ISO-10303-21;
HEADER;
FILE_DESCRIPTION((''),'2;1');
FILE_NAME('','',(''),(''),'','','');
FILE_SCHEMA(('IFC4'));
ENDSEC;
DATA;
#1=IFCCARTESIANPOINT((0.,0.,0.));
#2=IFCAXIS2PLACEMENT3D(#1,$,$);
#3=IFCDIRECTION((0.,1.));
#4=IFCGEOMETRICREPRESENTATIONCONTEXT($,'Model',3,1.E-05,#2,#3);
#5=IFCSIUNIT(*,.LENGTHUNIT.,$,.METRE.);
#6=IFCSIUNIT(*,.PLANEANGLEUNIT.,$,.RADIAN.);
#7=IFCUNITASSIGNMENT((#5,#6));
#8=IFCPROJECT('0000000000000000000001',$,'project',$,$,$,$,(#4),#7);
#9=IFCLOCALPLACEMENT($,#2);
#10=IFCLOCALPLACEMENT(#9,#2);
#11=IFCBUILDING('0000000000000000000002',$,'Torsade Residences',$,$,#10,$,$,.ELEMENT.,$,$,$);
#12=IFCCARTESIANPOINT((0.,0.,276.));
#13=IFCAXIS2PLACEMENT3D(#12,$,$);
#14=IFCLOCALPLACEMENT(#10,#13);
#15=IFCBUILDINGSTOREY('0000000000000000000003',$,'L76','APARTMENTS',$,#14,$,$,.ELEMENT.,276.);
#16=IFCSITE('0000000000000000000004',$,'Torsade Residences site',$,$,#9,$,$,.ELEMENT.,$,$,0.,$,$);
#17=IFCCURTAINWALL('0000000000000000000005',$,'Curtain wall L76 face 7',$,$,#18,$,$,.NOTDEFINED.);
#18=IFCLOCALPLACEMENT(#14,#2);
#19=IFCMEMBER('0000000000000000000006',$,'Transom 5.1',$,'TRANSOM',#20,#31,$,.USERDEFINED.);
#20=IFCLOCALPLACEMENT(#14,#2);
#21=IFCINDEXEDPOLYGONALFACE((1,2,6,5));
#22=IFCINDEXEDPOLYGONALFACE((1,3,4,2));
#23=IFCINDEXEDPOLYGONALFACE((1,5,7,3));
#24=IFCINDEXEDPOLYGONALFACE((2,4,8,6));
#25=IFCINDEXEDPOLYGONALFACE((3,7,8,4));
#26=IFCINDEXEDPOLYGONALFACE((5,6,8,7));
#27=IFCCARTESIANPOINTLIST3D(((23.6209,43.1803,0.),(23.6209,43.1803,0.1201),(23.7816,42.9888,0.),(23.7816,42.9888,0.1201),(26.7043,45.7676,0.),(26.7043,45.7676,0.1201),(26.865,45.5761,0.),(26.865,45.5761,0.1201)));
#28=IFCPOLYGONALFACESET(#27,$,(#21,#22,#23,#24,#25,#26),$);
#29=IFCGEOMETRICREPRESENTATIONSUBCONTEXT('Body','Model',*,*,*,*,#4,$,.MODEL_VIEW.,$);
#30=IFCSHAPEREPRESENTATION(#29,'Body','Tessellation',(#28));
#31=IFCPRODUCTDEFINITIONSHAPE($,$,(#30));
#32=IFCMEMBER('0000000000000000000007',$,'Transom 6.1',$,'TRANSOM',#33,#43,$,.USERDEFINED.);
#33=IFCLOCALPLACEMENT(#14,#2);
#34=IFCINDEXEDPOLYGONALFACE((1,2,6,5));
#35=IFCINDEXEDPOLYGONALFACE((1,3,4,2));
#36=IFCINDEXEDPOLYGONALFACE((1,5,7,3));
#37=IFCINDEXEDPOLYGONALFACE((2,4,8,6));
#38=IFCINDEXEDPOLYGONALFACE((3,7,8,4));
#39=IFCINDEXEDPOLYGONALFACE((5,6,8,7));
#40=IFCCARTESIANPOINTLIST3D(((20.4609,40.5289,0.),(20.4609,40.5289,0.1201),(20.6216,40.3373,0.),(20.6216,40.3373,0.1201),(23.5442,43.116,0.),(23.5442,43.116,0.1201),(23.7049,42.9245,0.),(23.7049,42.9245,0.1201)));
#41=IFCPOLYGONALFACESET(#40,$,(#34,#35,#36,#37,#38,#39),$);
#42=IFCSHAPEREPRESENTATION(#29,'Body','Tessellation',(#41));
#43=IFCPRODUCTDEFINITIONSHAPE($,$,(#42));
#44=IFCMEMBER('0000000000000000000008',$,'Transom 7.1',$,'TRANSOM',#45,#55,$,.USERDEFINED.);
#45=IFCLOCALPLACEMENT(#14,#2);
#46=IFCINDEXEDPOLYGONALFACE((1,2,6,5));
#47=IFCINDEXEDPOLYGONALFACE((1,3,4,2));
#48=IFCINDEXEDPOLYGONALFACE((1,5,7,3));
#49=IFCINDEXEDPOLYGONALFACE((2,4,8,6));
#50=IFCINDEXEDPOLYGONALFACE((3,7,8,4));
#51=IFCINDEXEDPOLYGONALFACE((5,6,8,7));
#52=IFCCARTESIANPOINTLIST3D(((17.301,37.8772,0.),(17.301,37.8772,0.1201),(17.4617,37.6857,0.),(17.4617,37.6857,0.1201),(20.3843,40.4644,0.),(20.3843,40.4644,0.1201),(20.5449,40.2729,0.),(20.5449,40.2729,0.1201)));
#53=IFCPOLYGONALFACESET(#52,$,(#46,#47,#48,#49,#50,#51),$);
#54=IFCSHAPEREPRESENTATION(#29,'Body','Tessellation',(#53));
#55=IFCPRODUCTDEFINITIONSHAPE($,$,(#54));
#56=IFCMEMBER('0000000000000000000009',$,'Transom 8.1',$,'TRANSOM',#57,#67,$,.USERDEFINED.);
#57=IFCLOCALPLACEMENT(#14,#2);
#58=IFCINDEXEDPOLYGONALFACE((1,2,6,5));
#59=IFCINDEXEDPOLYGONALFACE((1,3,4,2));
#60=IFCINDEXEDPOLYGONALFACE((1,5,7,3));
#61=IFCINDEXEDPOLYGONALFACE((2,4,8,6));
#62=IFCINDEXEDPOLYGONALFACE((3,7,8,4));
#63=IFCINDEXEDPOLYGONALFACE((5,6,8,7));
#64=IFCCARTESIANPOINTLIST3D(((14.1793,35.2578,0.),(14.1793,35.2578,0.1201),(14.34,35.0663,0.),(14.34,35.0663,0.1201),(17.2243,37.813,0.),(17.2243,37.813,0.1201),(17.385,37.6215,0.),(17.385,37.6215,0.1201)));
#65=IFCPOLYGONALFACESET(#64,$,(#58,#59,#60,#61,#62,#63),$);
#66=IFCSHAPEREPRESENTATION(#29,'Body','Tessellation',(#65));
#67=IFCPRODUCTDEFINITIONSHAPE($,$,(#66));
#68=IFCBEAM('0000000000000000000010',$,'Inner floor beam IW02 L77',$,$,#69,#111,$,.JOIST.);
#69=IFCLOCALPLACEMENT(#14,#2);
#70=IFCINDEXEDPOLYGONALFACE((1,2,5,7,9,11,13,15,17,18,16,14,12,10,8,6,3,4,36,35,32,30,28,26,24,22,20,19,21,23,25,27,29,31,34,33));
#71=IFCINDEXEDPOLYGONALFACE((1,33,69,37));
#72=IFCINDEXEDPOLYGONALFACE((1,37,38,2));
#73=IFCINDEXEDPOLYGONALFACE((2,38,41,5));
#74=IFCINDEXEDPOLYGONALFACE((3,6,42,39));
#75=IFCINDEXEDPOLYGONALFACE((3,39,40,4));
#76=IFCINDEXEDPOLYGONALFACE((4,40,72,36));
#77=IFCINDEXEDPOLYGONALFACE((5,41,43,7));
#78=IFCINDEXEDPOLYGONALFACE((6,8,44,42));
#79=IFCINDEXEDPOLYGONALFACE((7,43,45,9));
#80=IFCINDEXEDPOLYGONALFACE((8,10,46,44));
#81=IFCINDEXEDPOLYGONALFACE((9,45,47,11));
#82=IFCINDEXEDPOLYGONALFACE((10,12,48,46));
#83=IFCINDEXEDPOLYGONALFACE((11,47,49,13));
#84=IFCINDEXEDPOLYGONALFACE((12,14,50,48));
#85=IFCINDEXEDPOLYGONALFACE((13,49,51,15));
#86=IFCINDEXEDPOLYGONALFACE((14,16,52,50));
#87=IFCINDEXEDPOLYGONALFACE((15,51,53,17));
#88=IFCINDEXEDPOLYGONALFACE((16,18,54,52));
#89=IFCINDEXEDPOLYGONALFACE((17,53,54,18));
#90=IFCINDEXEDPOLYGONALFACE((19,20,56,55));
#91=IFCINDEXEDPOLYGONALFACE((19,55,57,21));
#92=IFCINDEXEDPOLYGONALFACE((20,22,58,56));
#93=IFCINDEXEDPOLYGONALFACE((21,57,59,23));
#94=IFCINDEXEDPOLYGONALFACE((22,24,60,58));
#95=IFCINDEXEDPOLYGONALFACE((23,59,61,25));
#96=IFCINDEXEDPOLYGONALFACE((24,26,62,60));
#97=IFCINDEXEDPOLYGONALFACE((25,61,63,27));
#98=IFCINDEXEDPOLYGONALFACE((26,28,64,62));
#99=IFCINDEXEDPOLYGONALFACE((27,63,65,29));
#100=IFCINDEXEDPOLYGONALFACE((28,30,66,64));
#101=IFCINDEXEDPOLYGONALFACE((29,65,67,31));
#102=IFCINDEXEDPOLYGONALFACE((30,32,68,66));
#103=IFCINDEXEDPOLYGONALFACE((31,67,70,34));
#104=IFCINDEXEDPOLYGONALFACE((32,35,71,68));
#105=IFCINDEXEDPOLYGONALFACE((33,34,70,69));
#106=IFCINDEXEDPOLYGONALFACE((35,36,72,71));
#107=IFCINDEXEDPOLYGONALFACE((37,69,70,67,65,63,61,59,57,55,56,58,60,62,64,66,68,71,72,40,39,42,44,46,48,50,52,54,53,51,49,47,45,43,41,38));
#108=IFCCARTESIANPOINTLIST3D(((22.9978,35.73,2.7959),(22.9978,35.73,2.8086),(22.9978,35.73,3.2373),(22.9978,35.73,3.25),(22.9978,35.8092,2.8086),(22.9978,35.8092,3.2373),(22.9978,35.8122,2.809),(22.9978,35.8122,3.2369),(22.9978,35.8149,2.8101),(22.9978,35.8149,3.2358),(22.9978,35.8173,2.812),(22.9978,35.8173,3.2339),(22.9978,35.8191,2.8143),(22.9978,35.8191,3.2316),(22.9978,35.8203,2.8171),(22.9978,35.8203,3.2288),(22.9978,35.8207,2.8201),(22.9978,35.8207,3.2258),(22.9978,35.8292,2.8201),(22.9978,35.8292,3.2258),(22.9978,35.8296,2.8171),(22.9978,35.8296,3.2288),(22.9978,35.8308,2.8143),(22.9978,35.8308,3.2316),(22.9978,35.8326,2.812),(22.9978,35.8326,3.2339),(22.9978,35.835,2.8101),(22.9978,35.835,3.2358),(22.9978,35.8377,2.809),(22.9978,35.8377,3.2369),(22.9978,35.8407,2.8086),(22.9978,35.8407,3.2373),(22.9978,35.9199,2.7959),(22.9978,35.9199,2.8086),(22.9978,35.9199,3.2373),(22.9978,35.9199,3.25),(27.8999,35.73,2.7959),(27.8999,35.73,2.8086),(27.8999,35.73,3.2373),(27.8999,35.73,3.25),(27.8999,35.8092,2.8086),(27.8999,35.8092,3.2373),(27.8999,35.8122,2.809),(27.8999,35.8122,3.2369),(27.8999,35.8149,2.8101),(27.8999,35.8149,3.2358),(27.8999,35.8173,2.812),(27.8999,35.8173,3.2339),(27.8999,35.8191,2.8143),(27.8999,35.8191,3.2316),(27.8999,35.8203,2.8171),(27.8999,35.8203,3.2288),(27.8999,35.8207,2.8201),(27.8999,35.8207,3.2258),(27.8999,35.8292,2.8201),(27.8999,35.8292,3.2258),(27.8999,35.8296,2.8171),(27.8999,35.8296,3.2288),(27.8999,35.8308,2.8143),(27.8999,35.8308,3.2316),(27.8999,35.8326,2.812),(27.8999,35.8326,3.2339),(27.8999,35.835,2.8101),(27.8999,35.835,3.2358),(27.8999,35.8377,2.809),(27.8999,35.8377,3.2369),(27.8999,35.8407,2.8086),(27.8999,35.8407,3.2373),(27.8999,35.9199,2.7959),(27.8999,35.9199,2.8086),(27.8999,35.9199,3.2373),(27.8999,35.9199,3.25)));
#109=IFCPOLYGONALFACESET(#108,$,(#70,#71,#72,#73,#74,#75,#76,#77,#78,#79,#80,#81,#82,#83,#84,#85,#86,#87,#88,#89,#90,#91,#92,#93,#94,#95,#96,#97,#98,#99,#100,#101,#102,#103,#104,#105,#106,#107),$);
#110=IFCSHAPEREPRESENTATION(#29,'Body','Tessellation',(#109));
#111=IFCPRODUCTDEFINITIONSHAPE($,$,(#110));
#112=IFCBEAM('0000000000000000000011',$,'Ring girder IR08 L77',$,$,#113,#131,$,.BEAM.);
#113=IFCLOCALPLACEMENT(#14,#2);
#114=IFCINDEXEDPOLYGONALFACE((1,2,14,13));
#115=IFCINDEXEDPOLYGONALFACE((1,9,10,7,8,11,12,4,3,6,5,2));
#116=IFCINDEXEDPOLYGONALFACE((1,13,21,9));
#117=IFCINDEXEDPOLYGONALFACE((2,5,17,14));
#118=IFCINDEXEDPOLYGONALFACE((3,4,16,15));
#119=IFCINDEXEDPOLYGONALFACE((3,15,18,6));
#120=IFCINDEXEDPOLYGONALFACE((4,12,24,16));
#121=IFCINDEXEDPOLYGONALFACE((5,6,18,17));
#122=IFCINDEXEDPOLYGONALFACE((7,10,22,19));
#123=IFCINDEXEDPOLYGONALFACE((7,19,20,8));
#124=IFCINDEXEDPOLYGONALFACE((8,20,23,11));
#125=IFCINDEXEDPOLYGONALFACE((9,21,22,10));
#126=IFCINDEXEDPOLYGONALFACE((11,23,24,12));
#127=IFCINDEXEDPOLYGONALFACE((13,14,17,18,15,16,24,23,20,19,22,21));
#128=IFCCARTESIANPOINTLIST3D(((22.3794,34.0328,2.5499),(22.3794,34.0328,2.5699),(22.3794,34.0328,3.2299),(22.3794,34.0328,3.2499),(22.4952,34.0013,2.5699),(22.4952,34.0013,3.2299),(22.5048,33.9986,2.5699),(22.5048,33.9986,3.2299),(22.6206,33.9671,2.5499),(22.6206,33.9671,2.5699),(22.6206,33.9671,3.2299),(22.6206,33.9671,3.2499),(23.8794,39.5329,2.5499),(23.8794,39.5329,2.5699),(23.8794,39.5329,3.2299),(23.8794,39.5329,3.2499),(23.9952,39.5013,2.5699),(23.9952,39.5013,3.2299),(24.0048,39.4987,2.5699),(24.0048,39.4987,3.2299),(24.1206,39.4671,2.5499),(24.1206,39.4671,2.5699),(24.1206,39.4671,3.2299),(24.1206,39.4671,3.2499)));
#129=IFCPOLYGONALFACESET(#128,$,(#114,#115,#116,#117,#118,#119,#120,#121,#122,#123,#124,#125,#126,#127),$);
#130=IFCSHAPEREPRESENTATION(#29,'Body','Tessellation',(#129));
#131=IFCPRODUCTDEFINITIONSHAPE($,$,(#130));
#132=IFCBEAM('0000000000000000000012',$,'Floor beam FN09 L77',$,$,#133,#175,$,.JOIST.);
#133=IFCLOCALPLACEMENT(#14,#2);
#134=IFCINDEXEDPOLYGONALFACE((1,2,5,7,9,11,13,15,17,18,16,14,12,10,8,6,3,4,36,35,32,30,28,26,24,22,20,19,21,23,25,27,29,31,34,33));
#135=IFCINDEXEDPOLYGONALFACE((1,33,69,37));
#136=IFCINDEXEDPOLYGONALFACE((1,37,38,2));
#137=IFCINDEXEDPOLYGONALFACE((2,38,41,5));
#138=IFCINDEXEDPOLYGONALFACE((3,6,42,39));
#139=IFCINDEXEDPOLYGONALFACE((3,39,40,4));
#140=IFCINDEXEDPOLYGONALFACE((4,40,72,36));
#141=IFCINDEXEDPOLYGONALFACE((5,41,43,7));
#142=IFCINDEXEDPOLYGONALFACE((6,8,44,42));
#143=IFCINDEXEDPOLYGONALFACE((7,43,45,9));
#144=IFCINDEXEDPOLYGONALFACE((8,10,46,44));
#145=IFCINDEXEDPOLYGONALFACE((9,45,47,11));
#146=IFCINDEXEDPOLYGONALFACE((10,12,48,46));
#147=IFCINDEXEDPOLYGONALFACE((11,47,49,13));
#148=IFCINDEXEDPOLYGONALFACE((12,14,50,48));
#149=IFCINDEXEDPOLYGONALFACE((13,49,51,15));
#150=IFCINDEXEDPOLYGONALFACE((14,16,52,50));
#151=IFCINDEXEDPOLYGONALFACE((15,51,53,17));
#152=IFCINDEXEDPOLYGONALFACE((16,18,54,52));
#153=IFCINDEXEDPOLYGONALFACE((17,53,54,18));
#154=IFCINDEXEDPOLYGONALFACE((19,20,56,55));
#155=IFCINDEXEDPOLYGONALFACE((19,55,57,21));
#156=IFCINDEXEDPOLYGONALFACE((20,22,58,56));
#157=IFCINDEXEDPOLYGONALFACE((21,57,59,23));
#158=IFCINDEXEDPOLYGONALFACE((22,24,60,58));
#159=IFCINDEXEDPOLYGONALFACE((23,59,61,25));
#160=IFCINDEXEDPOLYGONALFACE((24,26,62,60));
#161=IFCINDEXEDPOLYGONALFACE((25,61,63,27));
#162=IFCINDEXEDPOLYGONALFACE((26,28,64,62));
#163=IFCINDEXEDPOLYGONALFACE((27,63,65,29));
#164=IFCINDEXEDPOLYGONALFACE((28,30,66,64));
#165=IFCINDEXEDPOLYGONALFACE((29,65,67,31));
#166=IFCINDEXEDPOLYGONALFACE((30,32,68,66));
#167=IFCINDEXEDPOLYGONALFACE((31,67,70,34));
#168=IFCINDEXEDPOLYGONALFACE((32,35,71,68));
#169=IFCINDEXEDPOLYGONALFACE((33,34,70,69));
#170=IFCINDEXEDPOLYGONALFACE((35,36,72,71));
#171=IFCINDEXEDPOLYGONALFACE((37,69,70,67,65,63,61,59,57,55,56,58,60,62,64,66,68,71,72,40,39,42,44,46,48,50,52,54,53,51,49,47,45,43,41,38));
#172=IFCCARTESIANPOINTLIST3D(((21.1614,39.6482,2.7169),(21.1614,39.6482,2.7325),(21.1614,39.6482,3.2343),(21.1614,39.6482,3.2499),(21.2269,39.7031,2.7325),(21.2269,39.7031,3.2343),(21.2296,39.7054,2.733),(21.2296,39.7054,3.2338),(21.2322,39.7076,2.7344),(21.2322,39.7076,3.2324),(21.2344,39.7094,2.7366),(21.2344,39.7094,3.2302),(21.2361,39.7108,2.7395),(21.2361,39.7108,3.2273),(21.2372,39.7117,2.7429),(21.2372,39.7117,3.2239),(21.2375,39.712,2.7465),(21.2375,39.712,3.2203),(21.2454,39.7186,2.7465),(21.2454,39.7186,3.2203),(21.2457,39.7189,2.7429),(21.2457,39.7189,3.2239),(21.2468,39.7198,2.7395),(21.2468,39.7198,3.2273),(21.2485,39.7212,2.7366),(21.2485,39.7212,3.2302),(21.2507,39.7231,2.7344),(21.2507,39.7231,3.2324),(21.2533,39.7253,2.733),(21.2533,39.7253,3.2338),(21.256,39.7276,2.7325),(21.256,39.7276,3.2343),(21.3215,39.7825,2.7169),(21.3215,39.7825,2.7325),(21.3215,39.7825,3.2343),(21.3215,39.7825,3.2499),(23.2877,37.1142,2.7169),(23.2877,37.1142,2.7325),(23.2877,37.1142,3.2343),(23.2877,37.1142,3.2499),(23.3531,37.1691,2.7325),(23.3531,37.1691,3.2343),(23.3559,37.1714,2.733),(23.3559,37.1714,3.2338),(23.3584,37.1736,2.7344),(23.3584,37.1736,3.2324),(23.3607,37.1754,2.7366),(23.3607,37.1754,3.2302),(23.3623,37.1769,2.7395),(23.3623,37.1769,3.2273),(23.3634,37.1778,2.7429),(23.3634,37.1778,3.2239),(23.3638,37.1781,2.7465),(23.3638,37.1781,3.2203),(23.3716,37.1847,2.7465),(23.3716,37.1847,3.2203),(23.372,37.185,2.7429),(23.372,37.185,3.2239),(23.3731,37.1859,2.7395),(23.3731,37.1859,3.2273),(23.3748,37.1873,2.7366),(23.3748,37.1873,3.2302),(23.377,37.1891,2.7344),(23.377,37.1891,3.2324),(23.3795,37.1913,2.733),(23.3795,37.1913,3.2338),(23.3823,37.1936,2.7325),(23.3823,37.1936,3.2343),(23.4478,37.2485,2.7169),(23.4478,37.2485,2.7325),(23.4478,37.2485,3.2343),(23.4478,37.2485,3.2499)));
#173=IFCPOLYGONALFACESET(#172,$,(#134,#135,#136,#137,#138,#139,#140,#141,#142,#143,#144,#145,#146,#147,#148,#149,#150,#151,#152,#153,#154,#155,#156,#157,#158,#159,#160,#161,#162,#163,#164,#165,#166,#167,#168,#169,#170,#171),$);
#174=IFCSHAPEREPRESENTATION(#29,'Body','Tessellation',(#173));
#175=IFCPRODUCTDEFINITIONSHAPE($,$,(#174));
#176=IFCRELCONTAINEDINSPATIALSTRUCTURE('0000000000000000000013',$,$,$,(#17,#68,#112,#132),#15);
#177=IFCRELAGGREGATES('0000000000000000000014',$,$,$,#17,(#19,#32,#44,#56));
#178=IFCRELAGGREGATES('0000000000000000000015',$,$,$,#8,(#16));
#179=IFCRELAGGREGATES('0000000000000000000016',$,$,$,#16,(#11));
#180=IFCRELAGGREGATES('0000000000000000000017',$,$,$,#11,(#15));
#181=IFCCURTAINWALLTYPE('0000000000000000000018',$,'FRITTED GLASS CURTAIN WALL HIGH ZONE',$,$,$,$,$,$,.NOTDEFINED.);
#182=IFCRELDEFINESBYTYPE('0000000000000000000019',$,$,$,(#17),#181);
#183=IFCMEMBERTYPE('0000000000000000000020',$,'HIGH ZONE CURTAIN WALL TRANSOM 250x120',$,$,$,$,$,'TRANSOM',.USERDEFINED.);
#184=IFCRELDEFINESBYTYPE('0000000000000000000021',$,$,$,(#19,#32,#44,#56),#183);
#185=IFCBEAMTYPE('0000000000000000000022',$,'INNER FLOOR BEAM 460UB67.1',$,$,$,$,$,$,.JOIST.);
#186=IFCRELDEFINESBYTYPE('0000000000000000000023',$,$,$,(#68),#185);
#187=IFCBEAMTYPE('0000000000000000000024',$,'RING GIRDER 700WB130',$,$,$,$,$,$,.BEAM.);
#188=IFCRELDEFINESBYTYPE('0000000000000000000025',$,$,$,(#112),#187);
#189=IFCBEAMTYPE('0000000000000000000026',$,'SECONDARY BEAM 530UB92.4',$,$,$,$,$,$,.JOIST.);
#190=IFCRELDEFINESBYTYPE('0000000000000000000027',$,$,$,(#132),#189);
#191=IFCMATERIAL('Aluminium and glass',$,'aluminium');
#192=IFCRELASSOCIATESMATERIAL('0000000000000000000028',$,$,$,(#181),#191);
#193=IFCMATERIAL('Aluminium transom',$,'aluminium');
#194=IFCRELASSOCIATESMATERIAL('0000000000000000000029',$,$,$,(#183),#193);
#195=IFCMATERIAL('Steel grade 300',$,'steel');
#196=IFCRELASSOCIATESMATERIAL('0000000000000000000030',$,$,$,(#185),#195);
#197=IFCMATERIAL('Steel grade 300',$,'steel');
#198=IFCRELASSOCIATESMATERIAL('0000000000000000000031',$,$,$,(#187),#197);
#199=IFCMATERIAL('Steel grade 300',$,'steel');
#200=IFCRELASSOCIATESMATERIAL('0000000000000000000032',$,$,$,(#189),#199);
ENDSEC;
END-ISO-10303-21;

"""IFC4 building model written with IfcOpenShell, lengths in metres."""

from ifc_helpers import new_model, si_unit, direction, frame, origin, origin_2d, place, context, subcontext, project, spatial, rectangle, i_section, extrude, material, material_profile, profile_set, type_object, element, aggregate, save


model = new_model("IFC4")

# Units and contexts
model_context = context("Model", 3, precision=1e-05, world=origin(), true_north=direction((0.0, 1.0)))
body_context = subcontext(model_context, "Body", "Model", "MODEL_VIEW")
ifc_project = project(units=[si_unit("LENGTHUNIT", "METRE"), si_unit("PLANEANGLEUNIT", "RADIAN")], contexts=[model_context])

# Site, building, storey
site_placement = place(None, origin())
site = spatial("IfcSite", under=ifc_project, at=site_placement, Name="Torsade Residences site", CompositionType="ELEMENT", RefElevation=0.0)
building_placement = place(site_placement, origin())
building = spatial("IfcBuilding", under=site, at=building_placement, Name="Torsade Residences", CompositionType="ELEMENT")
storey_placement = place(building_placement, frame((0.0, 0.0, 276.0)))
storey = spatial("IfcBuildingStorey", under=building, at=storey_placement, Name="L76", Description="APARTMENTS", CompositionType="ELEMENT", Elevation=276.0)

# Curtain wall, members
ifc_material_1 = material(Name="Aluminium and glass", Category="aluminium")
curtain_wall_type = type_object("IfcCurtainWallType", Name="FRITTED GLASS CURTAIN WALL HIGH ZONE", PredefinedType="NOTDEFINED", material=ifc_material_1)
curtain_wall_placement = place(storey_placement, origin())
curtain_wall = element("IfcCurtainWall", 1, at=curtain_wall_placement, inside=storey, type_object=curtain_wall_type, Name="Curtain wall L76 face 7", PredefinedType="NOTDEFINED")
ifc_material_2 = material(Name="Aluminium transom", Category="aluminium")
ifc_material_profile_1 = material_profile(ifc_material_2, rectangle(XDim=0.25, YDim=0.1201, at=origin_2d()), Name="HIGH ZONE CURTAIN WALL TRANSOM 250x120")
ifc_profile_set_1 = profile_set([ifc_material_profile_1], Name="Aluminium transom")
member_type_1 = type_object("IfcMemberType", Name="HIGH ZONE CURTAIN WALL TRANSOM 250x120", ElementType="TRANSOM", PredefinedType="USERDEFINED", material=ifc_profile_set_1)
member_1_placement = place(storey_placement, frame((26.7847, 45.6719, 0.0601), z_axis=(-0.766039, -0.642794, 0.0), x_axis=(0.642794, -0.766039, 0.0)))
member_1 = element("IfcMember", 2, at=member_1_placement, type_object=member_type_1, Name="Transom 5.1", ObjectType="TRANSOM", PredefinedType="USERDEFINED", context=body_context, shape_type="SweptSolid", body=[
    extrude(rectangle(XDim=0.25, YDim=0.1201, at=origin_2d()), origin(), (0.0, 0.0, 1.0), 4.0251),
])
member_2_placement = place(storey_placement, frame((23.6245, 43.0203, 0.0601), z_axis=(-0.766044, -0.642788, 0.0), x_axis=(0.642788, -0.766044, 0.0)))
member_2 = element("IfcMember", 3, at=member_2_placement, type_object=member_type_1, Name="Transom 6.1", ObjectType="TRANSOM", PredefinedType="USERDEFINED", context=body_context, shape_type="SweptSolid", body=[
    extrude(rectangle(XDim=0.25, YDim=0.1201, at=origin_2d()), origin(), (0.0, 0.0, 1.0), 4.0249),
])
member_3_placement = place(storey_placement, frame((20.4646, 40.3687, 0.0601), z_axis=(-0.766044, -0.642788, 0.0), x_axis=(0.642788, -0.766044, 0.0)))
member_3 = element("IfcMember", 4, at=member_3_placement, type_object=member_type_1, Name="Transom 7.1", ObjectType="TRANSOM", PredefinedType="USERDEFINED", context=body_context, shape_type="SweptSolid", body=[
    extrude(rectangle(XDim=0.25, YDim=0.1201, at=origin_2d()), origin(), (0.0, 0.0, 1.0), 4.0249),
])
member_4_placement = place(storey_placement, frame((17.3047, 37.7173, 0.0601), z_axis=(-0.766022, -0.642815, 0.0), x_axis=(0.642815, -0.766022, 0.0)))
member_4 = element("IfcMember", 5, at=member_4_placement, type_object=member_type_1, Name="Transom 8.1", ObjectType="TRANSOM", PredefinedType="USERDEFINED", context=body_context, shape_type="SweptSolid", body=[
    extrude(rectangle(XDim=0.25, YDim=0.1201, at=origin_2d()), origin(), (0.0, 0.0, 1.0), 3.9751),
])

# Beams
ifc_material_3 = material(Name="Steel grade 300", Category="steel")
ifc_material_profile_2 = material_profile(ifc_material_3, i_section(OverallWidth=0.1899, OverallDepth=0.4541, WebThickness=0.0085, FlangeThickness=0.0127, FilletRadius=0.0115, at=origin_2d()), Name="460UB67.1")
ifc_profile_set_2 = profile_set([ifc_material_profile_2], Name="Steel grade 300")
beam_type_1 = type_object("IfcBeamType", Name="INNER FLOOR BEAM 460UB67.1", PredefinedType="JOIST", material=ifc_profile_set_2)
beam_1_placement = place(storey_placement, frame((27.8999, 35.825, 3.0229), z_axis=(-1.0, 0.0, 0.0), x_axis=(0.0, -1.0, 0.0)))
element("IfcBeam", 6, at=beam_1_placement, inside=storey, type_object=beam_type_1, Name="Inner floor beam IW02 L77", PredefinedType="JOIST", context=body_context, shape_type="SweptSolid", body=[
    extrude(i_section(OverallWidth=0.1899, OverallDepth=0.4541, WebThickness=0.0085, FlangeThickness=0.0127, FilletRadius=0.0115, at=origin_2d()), origin(), (0.0, 0.0, 1.0), 4.9021),
])
ifc_material_4 = material(Name="Steel grade 300", Category="steel")
ifc_material_profile_3 = material_profile(ifc_material_4, i_section(OverallWidth=0.25, OverallDepth=0.7, WebThickness=0.01, FlangeThickness=0.02, at=origin_2d()), Name="700WB130")
ifc_profile_set_3 = profile_set([ifc_material_profile_3], Name="Steel grade 300")
beam_type_2 = type_object("IfcBeamType", Name="RING GIRDER 700WB130", PredefinedType="BEAM", material=ifc_profile_set_3)
beam_2_placement = place(storey_placement, frame((24.0, 39.5, 2.8999), z_axis=(-0.263117, -0.964764, 0.0), x_axis=(0.964764, -0.263117, 0.0)))
element("IfcBeam", 7, at=beam_2_placement, inside=storey, type_object=beam_type_2, Name="Ring girder IR08 L77", PredefinedType="BEAM", context=body_context, shape_type="SweptSolid", body=[
    extrude(i_section(OverallWidth=0.25, OverallDepth=0.7, WebThickness=0.01, FlangeThickness=0.02, at=origin_2d()), origin(), (0.0, 0.0, 1.0), 5.7009),
])
ifc_material_5 = material(Name="Steel grade 300", Category="steel")
ifc_material_profile_4 = material_profile(ifc_material_5, i_section(OverallWidth=0.209, OverallDepth=0.533, WebThickness=0.0103, FlangeThickness=0.0156, FilletRadius=0.0139, at=origin_2d()), Name="530UB92.4")
ifc_profile_set_4 = profile_set([ifc_material_profile_4], Name="Steel grade 300")
beam_type_3 = type_object("IfcBeamType", Name="SECONDARY BEAM 530UB92.4", PredefinedType="JOIST", material=ifc_profile_set_4)
beam_3_placement = place(storey_placement, frame((21.2415, 39.7153, 2.9834), z_axis=(0.642787, -0.766045, 0.0), x_axis=(0.766045, 0.642787, 0.0)))
element("IfcBeam", 8, at=beam_3_placement, inside=storey, type_object=beam_type_3, Name="Floor beam FN09 L77", PredefinedType="JOIST", context=body_context, shape_type="SweptSolid", body=[
    extrude(i_section(OverallWidth=0.209, OverallDepth=0.533, WebThickness=0.0103, FlangeThickness=0.0156, FilletRadius=0.0139, at=origin_2d()), origin(), (0.0, 0.0, 1.0), 3.3079),
])

aggregate(curtain_wall, [member_1, member_2, member_3, member_4])

save(model, "model.ifc")
